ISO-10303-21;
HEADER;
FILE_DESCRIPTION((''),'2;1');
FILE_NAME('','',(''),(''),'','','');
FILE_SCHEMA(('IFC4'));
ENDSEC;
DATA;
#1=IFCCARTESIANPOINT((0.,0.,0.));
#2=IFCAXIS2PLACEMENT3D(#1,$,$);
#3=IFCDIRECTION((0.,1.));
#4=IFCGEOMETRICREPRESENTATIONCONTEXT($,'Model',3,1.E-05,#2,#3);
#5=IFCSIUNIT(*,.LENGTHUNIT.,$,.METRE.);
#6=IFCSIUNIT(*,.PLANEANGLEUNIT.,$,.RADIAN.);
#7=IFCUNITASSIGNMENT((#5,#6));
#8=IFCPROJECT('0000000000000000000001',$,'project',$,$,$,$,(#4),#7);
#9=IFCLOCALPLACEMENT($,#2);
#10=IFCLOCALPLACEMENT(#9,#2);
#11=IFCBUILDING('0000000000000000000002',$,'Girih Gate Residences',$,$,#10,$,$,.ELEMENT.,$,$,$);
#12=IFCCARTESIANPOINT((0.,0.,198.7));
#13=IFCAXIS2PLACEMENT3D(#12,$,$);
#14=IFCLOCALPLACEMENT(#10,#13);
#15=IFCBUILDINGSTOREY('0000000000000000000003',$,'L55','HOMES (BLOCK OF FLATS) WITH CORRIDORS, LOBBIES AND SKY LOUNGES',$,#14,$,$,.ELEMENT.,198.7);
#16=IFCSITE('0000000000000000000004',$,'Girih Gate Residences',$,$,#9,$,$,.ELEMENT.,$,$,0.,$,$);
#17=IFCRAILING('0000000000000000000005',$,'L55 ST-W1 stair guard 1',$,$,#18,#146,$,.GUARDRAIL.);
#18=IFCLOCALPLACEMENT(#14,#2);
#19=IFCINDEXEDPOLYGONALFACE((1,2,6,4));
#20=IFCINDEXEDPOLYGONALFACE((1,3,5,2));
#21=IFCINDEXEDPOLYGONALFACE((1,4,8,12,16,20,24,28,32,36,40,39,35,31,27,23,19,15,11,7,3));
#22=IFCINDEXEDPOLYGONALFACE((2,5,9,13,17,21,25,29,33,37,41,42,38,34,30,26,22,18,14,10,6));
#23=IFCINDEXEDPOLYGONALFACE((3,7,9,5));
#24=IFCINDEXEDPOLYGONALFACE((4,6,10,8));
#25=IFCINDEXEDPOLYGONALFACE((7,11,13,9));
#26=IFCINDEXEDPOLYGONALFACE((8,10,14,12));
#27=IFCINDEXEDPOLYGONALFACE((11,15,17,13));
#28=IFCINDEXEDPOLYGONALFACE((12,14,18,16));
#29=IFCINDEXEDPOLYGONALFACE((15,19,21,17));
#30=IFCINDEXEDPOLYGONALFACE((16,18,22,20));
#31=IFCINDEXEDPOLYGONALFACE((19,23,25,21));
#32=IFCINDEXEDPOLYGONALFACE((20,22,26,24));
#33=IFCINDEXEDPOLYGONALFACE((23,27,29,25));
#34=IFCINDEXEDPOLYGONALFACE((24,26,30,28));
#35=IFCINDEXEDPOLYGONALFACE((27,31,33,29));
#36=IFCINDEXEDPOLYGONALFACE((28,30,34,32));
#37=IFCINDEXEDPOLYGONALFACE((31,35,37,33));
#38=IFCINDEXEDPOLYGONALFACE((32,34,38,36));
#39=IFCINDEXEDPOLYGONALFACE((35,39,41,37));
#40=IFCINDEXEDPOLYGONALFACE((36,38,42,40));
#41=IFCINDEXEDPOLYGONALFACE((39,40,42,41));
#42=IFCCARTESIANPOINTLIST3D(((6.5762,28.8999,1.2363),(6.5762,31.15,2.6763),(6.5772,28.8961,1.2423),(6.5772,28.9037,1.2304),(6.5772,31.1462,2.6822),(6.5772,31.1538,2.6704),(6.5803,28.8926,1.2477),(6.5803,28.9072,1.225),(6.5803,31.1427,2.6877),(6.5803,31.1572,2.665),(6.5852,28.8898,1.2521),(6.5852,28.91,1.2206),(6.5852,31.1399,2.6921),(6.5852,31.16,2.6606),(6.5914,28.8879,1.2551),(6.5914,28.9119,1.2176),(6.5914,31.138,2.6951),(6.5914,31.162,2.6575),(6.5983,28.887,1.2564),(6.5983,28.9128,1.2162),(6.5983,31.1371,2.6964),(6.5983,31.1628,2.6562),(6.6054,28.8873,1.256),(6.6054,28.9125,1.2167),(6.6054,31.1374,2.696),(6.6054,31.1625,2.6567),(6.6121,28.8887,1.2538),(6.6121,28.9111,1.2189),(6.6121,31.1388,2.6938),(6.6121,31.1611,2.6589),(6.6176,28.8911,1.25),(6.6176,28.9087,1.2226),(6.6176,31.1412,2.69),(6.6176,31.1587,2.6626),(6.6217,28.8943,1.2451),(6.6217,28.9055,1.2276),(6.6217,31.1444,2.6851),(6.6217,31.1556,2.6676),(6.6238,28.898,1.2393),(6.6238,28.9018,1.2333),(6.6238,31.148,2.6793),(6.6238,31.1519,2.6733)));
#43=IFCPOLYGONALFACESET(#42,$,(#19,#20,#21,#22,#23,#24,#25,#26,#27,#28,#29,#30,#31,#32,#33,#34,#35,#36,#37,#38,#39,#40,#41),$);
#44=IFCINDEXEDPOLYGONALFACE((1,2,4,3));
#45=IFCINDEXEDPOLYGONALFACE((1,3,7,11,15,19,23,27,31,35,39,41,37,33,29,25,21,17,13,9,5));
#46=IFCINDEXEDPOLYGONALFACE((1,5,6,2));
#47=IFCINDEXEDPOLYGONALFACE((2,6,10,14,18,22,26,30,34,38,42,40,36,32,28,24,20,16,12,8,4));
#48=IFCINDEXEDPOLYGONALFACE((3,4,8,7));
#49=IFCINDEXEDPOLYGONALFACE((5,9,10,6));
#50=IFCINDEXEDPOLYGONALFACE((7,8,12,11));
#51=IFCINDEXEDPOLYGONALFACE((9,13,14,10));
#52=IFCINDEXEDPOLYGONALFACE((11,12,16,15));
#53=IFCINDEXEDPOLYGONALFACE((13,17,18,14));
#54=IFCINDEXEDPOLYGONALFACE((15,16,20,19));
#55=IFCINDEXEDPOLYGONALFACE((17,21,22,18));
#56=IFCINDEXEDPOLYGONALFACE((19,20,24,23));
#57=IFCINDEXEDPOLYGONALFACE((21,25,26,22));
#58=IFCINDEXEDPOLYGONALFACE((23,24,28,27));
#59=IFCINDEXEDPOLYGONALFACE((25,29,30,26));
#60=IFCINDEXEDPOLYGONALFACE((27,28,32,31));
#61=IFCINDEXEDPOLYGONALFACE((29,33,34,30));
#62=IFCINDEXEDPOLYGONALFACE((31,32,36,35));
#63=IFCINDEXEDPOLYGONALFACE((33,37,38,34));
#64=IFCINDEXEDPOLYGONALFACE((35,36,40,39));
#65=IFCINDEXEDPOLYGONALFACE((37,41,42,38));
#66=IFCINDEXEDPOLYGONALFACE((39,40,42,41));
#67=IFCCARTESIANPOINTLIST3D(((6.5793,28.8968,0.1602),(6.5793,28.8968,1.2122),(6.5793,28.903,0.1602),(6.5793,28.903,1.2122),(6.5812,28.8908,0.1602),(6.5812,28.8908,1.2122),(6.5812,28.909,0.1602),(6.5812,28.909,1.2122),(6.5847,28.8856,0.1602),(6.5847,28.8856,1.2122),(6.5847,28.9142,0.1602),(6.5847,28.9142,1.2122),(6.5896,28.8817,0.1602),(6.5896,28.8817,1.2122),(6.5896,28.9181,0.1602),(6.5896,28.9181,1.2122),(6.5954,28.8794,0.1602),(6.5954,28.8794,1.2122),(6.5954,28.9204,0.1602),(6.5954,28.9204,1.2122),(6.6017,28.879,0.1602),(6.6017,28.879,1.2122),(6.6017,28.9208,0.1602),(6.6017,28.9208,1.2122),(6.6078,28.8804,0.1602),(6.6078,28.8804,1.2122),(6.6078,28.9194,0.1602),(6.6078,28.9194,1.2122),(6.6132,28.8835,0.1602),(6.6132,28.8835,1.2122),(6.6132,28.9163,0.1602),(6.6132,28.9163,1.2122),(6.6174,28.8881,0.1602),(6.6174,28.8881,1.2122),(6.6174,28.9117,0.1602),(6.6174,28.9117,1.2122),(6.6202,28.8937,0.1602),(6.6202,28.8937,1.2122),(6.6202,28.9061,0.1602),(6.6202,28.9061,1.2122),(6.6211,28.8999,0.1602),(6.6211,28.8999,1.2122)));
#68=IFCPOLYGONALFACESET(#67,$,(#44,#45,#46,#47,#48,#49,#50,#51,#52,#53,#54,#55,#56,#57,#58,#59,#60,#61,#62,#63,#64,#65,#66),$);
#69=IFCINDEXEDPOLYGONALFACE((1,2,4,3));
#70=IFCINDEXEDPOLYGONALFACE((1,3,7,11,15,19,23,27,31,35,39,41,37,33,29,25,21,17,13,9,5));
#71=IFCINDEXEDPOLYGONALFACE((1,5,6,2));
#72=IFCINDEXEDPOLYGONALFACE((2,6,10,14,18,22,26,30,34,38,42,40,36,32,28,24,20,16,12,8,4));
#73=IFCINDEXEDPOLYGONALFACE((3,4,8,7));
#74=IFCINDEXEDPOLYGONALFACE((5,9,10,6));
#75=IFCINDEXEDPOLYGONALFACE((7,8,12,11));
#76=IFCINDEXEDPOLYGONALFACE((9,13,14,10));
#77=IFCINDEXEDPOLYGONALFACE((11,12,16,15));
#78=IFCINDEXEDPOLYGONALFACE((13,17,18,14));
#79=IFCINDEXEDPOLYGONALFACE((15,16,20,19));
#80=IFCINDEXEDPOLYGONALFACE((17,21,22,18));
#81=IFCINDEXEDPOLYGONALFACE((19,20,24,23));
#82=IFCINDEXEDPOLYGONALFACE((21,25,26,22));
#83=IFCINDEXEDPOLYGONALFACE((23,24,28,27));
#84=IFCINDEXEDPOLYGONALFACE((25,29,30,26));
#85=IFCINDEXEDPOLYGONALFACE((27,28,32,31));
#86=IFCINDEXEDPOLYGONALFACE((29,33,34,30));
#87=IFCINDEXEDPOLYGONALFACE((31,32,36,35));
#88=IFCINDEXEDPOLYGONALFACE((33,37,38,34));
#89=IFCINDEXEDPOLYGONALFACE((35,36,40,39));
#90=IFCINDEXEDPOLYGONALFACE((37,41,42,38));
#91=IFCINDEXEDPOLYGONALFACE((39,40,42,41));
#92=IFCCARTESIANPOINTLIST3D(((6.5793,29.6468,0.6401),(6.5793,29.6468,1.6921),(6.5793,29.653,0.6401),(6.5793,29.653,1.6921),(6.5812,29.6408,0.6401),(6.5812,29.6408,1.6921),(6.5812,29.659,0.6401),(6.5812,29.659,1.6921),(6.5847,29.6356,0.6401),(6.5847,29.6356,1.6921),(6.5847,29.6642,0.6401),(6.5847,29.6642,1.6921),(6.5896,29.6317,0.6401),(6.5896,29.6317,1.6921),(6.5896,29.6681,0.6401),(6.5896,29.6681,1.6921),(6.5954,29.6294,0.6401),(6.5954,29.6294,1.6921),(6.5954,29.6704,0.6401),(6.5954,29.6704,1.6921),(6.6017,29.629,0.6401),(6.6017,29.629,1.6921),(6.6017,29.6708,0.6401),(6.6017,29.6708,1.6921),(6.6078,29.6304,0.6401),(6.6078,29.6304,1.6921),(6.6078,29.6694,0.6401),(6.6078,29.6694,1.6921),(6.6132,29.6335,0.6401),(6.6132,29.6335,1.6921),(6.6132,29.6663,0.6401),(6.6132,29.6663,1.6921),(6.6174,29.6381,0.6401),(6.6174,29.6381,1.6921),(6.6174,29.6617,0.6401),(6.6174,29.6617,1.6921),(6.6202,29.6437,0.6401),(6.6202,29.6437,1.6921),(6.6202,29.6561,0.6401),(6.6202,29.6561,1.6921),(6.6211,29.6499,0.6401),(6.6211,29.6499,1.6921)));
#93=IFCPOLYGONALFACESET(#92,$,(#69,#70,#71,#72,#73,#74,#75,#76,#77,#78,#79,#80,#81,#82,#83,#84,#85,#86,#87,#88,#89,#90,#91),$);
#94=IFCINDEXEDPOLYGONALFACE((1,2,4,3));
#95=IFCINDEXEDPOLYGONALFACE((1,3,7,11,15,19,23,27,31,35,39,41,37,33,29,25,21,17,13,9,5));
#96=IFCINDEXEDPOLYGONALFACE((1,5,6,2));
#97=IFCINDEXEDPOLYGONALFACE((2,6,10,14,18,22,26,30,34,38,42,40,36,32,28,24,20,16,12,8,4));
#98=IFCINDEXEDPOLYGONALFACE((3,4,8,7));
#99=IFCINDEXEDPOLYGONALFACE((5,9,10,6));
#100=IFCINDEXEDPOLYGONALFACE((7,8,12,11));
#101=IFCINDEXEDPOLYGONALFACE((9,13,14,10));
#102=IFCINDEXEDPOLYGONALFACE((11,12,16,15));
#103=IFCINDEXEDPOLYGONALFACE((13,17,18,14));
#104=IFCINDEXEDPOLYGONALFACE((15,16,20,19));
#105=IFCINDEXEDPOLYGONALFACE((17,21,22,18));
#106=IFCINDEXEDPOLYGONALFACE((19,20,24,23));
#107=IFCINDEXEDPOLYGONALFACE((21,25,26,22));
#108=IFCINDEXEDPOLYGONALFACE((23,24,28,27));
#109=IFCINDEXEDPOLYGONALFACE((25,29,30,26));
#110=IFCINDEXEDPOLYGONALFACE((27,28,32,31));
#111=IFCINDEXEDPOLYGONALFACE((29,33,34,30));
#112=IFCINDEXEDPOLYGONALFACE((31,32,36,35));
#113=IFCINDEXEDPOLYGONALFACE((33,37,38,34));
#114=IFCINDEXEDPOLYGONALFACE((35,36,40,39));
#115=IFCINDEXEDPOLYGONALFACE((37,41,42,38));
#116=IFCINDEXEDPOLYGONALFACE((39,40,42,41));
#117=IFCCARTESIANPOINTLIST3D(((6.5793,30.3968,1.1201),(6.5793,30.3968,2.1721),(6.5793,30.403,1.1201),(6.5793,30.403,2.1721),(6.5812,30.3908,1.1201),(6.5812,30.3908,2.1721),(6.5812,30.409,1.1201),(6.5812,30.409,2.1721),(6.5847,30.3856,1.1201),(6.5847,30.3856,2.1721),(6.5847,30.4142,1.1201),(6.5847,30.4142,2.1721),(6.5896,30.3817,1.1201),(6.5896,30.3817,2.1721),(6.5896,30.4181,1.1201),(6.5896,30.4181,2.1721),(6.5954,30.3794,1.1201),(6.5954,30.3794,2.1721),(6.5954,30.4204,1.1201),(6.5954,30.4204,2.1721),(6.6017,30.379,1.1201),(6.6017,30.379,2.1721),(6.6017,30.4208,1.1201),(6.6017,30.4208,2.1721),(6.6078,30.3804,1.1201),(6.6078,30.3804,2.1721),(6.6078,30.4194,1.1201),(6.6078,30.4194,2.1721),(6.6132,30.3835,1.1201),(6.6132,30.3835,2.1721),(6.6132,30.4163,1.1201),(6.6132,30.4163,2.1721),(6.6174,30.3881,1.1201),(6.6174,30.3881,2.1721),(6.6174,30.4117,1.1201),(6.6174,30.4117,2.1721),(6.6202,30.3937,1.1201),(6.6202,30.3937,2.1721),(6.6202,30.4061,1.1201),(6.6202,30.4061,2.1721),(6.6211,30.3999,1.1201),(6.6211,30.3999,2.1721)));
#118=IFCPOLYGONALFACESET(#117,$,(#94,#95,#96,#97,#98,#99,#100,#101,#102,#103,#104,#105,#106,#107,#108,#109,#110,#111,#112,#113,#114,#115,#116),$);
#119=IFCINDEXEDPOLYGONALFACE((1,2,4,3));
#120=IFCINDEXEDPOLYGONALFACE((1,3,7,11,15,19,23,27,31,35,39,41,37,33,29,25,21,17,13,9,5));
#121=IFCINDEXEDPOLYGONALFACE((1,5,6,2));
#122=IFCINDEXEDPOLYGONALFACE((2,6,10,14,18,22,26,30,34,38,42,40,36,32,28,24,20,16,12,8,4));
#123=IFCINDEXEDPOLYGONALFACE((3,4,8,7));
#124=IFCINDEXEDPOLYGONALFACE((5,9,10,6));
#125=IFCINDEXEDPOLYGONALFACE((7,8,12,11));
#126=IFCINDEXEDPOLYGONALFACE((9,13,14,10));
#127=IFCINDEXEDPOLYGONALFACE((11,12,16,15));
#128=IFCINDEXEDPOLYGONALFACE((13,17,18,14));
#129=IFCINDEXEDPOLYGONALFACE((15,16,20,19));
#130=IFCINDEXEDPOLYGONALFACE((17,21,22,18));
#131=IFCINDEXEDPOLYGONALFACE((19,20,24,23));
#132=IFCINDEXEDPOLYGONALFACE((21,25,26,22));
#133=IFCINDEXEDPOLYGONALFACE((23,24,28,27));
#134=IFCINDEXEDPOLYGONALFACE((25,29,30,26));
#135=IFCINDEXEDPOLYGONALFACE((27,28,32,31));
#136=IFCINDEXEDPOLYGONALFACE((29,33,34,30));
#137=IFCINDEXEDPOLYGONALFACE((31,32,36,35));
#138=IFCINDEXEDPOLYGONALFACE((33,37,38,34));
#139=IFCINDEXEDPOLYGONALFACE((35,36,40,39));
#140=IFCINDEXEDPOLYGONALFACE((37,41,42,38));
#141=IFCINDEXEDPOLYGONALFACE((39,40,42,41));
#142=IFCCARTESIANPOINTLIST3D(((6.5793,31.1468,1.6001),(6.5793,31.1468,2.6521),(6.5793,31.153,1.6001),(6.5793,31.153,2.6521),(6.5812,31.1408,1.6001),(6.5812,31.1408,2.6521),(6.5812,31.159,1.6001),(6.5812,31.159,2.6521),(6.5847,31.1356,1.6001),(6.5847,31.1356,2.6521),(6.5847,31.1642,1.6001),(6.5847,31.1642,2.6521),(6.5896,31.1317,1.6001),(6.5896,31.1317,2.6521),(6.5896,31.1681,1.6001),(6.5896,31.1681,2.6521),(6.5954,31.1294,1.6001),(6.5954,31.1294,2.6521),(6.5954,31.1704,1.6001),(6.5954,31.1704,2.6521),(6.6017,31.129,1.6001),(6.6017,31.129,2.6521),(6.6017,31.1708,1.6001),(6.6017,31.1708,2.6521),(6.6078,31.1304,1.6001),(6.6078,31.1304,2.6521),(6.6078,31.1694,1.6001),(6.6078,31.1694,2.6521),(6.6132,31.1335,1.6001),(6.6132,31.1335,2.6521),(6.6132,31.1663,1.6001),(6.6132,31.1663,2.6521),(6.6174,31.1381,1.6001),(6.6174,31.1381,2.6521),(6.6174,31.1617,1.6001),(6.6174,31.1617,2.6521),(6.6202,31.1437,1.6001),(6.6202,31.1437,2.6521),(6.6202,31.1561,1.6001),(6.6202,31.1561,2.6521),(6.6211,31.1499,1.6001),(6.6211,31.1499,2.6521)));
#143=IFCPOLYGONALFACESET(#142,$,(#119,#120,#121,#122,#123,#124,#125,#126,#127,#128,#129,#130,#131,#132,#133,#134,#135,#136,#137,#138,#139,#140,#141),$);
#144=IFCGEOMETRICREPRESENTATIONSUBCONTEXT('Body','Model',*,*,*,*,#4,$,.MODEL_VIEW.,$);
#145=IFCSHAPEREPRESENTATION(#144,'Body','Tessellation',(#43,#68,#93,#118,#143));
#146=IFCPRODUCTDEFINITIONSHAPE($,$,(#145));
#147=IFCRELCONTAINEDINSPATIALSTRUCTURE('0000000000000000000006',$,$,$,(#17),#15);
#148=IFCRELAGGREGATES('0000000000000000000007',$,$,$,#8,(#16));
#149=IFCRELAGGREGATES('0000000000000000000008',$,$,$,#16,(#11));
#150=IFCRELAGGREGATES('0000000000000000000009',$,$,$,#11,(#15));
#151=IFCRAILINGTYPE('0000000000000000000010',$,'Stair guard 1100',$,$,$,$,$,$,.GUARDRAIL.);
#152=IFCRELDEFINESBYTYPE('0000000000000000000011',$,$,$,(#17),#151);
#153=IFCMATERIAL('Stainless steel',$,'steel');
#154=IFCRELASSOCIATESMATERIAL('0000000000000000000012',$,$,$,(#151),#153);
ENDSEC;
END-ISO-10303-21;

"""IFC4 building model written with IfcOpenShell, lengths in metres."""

from ifc_helpers import new_model, si_unit, direction, frame, origin, origin_2d, place, context, subcontext, project, spatial, circle, extrude, material, type_object, element, save


model = new_model("IFC4")

# Units and contexts
model_context = context("Model", 3, precision=1e-05, world=origin(), true_north=direction((0.0, 1.0)))
body_context = subcontext(model_context, "Body", "Model", "MODEL_VIEW")
ifc_project = project(units=[si_unit("LENGTHUNIT", "METRE"), si_unit("PLANEANGLEUNIT", "RADIAN")], contexts=[model_context])

# Site, building, storey
site_placement = place(None, origin())
site = spatial("IfcSite", under=ifc_project, at=site_placement, Name="Girih Gate Residences", CompositionType="ELEMENT", RefElevation=0.0)
building_placement = place(site_placement, origin())
building = spatial("IfcBuilding", under=site, at=building_placement, Name="Girih Gate Residences", CompositionType="ELEMENT")
storey_placement = place(building_placement, frame((0.0, 0.0, 198.7)))
storey = spatial("IfcBuildingStorey", under=building, at=storey_placement, Name="L55", Description="HOMES (BLOCK OF FLATS) WITH CORRIDORS, LOBBIES AND SKY LOUNGES", CompositionType="ELEMENT", Elevation=198.7)

# Railing
ifc_material_1 = material(Name="Stainless steel", Category="steel")
railing_type_1 = type_object("IfcRailingType", Name="Stair guard 1100", PredefinedType="GUARDRAIL", material=ifc_material_1)
railing_1_placement = place(storey_placement, frame((6.6001, 28.8999, 0.1602)))
element("IfcRailing", 1, at=railing_1_placement, inside=storey, type_object=railing_type_1, Name="L55 ST-W1 stair guard 1", PredefinedType="GUARDRAIL", context=body_context, shape_type="SweptSolid", body=[
    extrude(circle(Radius=0.0239, at=origin_2d()), frame((0.0, 0.0, 1.0762), z_axis=(0.0, 0.842281, 0.539038), x_axis=(-1.0, 0.0, 0.0)), (0.0, 0.0, 1.0), 2.6714),
    extrude(circle(Radius=0.021, at=origin_2d()), origin(), (0.0, 0.0, 1.0), 1.052),
    extrude(circle(Radius=0.021, at=origin_2d()), frame((0.0, 0.75, 0.48)), (0.0, 0.0, 1.0), 1.052),
    extrude(circle(Radius=0.021, at=origin_2d()), frame((0.0, 1.5, 0.96)), (0.0, 0.0, 1.0), 1.052),
    extrude(circle(Radius=0.021, at=origin_2d()), frame((0.0, 2.25, 1.4399)), (0.0, 0.0, 1.0), 1.052),
])

save(model, "model.ifc")
